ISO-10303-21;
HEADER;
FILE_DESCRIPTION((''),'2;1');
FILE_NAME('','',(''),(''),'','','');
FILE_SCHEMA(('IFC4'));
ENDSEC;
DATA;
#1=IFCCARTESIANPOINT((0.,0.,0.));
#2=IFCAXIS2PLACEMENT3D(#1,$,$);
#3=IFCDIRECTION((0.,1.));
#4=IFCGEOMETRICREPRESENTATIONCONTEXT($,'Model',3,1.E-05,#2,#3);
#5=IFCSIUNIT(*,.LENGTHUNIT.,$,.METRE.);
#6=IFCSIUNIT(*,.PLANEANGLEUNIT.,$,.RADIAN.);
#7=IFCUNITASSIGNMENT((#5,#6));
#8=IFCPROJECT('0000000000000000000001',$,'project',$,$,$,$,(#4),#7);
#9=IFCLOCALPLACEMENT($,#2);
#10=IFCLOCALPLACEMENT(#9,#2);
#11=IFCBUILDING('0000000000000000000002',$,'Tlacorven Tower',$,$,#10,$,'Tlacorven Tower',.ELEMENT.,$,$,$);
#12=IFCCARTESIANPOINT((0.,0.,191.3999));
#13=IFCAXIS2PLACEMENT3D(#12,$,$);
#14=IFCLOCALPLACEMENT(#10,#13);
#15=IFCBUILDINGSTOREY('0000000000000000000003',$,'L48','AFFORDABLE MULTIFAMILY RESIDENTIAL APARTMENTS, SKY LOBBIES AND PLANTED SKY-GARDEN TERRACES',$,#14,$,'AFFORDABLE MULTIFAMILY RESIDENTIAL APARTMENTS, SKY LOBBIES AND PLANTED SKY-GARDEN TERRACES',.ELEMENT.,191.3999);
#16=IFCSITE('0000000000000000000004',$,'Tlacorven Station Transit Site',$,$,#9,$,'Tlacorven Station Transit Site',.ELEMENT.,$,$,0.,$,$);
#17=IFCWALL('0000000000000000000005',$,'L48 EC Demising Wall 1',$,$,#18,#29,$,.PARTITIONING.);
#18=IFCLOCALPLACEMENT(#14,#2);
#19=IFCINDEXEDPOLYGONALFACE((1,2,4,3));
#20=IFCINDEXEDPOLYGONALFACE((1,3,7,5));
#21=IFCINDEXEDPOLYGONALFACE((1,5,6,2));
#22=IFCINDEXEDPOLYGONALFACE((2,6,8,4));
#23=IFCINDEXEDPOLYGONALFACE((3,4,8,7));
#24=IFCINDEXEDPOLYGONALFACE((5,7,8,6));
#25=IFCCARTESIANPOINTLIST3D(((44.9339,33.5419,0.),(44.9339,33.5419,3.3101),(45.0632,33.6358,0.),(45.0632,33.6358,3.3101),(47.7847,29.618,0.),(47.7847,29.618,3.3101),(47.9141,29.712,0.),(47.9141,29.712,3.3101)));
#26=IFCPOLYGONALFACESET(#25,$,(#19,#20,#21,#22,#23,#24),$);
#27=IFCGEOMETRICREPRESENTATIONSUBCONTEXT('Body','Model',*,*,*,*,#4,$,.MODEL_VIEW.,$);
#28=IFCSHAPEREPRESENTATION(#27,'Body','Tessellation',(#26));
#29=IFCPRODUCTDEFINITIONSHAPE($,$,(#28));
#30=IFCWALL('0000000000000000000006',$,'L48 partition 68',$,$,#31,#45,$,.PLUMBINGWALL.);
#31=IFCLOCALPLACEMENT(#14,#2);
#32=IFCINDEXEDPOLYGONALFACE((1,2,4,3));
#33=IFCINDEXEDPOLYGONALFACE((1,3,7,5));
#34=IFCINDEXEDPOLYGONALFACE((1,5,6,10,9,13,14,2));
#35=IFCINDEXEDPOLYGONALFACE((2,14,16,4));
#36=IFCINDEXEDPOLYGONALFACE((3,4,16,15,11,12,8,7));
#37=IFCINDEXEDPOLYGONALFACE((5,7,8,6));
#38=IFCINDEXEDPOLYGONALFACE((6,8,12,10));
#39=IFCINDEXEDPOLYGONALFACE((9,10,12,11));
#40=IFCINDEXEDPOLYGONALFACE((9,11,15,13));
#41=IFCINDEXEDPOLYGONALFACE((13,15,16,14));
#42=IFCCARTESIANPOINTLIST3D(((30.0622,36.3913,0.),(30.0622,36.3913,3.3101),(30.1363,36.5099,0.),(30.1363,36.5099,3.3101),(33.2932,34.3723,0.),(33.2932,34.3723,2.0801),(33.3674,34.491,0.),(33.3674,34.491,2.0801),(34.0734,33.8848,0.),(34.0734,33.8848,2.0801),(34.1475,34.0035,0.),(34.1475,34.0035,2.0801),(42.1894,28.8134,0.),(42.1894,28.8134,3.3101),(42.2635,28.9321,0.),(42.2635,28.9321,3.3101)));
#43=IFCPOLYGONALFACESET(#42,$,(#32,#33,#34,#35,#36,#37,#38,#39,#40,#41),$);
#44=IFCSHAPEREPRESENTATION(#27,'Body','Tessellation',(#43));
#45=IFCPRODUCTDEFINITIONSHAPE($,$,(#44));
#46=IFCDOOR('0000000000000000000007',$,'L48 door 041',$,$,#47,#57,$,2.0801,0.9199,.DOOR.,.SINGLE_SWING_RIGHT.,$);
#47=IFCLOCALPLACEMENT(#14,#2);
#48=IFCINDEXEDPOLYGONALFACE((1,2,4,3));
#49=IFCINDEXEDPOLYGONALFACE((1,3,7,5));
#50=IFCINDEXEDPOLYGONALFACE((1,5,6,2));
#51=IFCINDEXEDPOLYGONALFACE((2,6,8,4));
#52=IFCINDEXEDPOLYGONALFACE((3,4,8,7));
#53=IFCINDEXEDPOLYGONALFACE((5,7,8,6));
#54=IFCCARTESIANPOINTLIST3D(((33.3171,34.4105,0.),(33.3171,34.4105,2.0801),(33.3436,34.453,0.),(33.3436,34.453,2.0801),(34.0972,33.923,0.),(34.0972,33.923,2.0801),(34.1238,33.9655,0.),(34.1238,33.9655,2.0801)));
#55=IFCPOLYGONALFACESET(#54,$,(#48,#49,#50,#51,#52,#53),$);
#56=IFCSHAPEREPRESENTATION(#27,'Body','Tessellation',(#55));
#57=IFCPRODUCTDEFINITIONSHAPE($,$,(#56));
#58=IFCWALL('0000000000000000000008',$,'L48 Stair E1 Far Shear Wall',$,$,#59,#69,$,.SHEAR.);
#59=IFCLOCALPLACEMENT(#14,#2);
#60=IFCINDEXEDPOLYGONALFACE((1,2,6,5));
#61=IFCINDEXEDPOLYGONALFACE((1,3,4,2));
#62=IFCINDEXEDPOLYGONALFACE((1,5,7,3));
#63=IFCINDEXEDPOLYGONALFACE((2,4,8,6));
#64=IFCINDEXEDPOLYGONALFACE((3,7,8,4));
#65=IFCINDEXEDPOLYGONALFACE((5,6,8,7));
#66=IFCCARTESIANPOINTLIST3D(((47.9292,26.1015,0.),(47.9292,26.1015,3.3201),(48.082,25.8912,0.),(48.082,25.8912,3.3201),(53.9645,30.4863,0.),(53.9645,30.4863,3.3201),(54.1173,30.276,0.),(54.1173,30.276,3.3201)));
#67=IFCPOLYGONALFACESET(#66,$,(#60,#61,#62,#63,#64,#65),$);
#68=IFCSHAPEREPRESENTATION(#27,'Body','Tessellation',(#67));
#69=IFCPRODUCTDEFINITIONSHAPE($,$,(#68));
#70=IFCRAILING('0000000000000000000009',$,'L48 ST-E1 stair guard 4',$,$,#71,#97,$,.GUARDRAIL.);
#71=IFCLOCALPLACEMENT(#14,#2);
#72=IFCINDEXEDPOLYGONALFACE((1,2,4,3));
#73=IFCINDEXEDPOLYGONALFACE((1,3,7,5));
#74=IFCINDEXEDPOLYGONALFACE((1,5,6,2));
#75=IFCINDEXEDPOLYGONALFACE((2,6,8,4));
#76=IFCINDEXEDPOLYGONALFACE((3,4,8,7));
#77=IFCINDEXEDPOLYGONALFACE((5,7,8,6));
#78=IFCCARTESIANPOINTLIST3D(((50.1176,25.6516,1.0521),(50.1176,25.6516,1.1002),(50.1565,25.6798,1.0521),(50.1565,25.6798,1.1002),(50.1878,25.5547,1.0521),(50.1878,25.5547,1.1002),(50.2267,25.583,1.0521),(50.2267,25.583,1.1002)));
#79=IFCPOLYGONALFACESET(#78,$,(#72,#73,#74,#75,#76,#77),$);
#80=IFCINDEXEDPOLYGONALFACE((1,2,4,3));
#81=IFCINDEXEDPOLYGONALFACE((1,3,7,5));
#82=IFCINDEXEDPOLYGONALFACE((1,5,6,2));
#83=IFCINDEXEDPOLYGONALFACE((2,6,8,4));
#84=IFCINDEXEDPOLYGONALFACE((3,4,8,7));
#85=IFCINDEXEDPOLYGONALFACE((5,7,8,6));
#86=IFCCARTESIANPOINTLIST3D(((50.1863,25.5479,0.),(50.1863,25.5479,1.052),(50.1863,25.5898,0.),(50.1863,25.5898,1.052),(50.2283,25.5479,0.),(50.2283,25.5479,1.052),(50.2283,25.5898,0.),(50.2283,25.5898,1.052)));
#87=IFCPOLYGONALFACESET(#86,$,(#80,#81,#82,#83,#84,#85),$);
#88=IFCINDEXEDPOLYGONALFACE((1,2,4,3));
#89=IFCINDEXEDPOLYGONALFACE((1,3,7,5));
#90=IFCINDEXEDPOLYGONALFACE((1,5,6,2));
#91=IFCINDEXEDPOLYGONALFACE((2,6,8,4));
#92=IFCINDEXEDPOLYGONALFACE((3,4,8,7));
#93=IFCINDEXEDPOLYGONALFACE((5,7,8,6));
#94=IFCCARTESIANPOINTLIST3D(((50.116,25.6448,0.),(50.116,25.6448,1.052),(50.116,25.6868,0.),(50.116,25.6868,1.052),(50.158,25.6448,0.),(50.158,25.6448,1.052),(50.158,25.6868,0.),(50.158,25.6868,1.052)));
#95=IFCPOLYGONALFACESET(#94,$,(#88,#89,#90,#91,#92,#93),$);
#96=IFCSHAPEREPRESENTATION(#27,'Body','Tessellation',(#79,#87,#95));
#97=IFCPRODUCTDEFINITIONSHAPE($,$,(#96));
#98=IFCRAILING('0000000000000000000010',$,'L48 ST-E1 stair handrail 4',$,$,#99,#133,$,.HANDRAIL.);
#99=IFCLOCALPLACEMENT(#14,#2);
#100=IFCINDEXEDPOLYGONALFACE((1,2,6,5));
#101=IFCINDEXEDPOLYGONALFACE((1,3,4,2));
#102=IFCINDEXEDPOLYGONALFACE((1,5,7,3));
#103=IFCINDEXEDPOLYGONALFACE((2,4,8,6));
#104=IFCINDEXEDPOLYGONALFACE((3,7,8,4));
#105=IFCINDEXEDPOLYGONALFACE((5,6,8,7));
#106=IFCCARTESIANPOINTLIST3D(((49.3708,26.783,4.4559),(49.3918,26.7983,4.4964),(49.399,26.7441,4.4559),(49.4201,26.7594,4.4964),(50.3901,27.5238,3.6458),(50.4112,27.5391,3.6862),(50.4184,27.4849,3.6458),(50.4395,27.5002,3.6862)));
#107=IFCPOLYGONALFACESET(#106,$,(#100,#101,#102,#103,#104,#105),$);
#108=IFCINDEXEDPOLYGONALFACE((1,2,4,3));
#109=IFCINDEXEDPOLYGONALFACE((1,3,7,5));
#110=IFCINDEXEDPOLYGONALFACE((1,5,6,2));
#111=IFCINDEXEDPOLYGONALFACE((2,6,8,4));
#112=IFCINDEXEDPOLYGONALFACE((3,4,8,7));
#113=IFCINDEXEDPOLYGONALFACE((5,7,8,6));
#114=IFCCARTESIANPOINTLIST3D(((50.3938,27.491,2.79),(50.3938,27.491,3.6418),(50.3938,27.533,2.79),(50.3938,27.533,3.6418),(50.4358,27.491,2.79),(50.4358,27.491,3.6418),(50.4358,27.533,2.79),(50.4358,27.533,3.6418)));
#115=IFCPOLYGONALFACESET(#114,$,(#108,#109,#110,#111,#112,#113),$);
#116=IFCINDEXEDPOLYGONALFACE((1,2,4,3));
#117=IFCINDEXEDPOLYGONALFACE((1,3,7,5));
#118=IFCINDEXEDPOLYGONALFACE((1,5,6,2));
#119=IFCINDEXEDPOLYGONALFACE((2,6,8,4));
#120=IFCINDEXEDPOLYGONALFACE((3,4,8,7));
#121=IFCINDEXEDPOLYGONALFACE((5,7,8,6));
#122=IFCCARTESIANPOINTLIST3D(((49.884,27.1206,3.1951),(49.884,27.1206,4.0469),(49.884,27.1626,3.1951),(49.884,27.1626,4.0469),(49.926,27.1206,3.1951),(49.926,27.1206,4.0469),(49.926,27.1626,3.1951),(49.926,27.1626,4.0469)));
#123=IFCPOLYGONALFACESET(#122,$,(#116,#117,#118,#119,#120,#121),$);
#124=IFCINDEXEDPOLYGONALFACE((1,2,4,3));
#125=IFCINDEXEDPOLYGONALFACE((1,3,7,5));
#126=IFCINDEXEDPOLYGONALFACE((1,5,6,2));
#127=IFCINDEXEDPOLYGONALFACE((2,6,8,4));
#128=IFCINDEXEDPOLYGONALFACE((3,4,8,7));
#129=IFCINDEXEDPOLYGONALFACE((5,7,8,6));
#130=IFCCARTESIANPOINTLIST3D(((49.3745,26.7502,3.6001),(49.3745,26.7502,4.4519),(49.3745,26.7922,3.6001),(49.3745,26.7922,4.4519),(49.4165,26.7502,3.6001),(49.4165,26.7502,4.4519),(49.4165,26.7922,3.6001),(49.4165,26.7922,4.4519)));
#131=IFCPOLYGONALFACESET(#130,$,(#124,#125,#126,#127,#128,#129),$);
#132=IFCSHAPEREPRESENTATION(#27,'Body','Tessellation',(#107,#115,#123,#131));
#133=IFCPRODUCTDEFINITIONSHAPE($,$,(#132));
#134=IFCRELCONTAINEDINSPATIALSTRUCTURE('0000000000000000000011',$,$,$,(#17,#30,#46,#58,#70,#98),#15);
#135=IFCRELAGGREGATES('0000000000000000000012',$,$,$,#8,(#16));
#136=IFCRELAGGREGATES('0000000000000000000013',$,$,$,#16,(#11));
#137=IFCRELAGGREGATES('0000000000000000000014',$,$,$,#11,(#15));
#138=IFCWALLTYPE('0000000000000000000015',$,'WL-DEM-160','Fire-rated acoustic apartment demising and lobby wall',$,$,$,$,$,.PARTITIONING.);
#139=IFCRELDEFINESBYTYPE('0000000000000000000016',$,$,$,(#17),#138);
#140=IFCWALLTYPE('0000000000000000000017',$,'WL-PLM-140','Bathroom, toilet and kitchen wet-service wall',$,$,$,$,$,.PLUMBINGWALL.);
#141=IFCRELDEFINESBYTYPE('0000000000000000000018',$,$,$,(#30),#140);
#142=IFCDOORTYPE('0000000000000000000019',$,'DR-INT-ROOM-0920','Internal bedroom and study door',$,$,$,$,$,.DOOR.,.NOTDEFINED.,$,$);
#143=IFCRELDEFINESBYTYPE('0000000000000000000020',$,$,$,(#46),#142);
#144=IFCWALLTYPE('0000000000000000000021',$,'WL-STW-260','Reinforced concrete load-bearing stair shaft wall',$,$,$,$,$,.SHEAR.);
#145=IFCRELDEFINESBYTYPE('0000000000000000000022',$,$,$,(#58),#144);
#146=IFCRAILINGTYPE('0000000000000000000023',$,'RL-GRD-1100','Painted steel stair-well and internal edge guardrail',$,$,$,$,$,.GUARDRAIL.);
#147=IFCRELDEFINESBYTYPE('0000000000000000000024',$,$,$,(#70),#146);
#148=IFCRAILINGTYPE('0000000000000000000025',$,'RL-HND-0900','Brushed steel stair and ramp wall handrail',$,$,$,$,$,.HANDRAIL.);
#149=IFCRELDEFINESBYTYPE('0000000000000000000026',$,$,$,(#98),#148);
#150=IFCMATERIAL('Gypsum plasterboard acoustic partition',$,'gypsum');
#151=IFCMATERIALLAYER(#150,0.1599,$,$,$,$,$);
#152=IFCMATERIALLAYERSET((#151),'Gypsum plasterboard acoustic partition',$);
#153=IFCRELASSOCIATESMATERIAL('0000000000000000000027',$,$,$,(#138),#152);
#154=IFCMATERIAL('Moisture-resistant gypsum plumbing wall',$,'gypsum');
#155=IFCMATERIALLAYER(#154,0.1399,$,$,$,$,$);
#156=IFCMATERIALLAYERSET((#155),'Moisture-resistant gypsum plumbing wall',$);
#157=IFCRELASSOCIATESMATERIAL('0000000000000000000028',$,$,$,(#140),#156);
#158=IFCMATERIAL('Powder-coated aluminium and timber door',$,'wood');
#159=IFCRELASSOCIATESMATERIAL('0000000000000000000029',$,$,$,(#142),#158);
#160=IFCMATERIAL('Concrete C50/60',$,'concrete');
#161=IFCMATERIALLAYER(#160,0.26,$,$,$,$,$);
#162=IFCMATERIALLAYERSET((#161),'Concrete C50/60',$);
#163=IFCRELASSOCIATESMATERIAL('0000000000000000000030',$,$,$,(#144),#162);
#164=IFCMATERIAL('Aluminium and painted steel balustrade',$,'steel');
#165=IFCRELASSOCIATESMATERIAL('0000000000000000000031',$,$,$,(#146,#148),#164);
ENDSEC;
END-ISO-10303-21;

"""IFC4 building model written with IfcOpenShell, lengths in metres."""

from ifc_helpers import new_model, si_unit, direction, frame, frame_2d, origin, origin_2d, place, context, subcontext, project, spatial, rectangle, extrude, source, transform, mapped, material, layer, layer_set, type_object, element, fill, save


model = new_model("IFC4")

# Units and contexts
model_context = context("Model", 3, precision=1e-05, world=origin(), true_north=direction((0.0, 1.0)))
body_context = subcontext(model_context, "Body", "Model", "MODEL_VIEW")
ifc_project = project(units=[si_unit("LENGTHUNIT", "METRE"), si_unit("PLANEANGLEUNIT", "RADIAN")], contexts=[model_context])

# Site, building, storey
site_placement = place(None, origin())
site = spatial("IfcSite", under=ifc_project, at=site_placement, Name="Tlacorven Station Transit Site", LongName="Tlacorven Station Transit Site", CompositionType="ELEMENT", RefElevation=0.0)
building_placement = place(site_placement, origin())
building = spatial("IfcBuilding", under=site, at=building_placement, Name="Tlacorven Tower", LongName="Tlacorven Tower", CompositionType="ELEMENT")
storey_placement = place(building_placement, frame((0.0, 0.0, 191.3999)))
storey = spatial("IfcBuildingStorey", under=building, at=storey_placement, Name="L48", Description="AFFORDABLE MULTIFAMILY RESIDENTIAL APARTMENTS, SKY LOBBIES AND PLANTED SKY-GARDEN TERRACES", LongName="AFFORDABLE MULTIFAMILY RESIDENTIAL APARTMENTS, SKY LOBBIES AND PLANTED SKY-GARDEN TERRACES", CompositionType="ELEMENT", Elevation=191.3999)

# Shared definitions
ifc_material_1 = material(Name="Gypsum plasterboard acoustic partition", Category="gypsum")
ifc_layer_1 = layer(ifc_material_1, 0.1599)
ifc_layer_set_1 = layer_set([ifc_layer_1], Name="Gypsum plasterboard acoustic partition")
wall_type_1 = type_object("IfcWallType", Name="WL-DEM-160", Description="Fire-rated acoustic apartment demising and lobby wall", PredefinedType="PARTITIONING", material=ifc_layer_set_1)

# Wall
wall_1_placement = place(storey_placement, frame((47.8494, 29.665, 0.0), z_axis=(0.0, 0.0, 1.0), x_axis=(-0.587786, 0.809017, 0.0)))
element("IfcWall", 1, at=wall_1_placement, inside=storey, type_object=wall_type_1, Name="L48 EC Demising Wall 1", PredefinedType="PARTITIONING", context=body_context, shape_type="SweptSolid", body=[
    extrude(rectangle(XDim=4.8501, YDim=0.1599, at=frame_2d((2.425, 0.0))), origin(), (0.0, 0.0, 1.0), 3.3101),
])

# Wall, opening, door
ifc_material_2 = material(Name="Moisture-resistant gypsum plumbing wall", Category="gypsum")
ifc_layer_2 = layer(ifc_material_2, 0.1399)
ifc_layer_set_2 = layer_set([ifc_layer_2], Name="Moisture-resistant gypsum plumbing wall")
wall_type_2 = type_object("IfcWallType", Name="WL-PLM-140", Description="Bathroom, toilet and kitchen wet-service wall", PredefinedType="PLUMBINGWALL", material=ifc_layer_set_2)
wall_2_placement = place(storey_placement, frame((42.2263, 28.8728, 0.0), z_axis=(0.0, 0.0, 1.0), x_axis=(-0.848049, 0.529918, 0.0)))
wall_2 = element("IfcWall", 2, at=wall_2_placement, inside=storey, type_object=wall_type_2, Name="L48 partition 68", PredefinedType="PLUMBINGWALL", context=body_context, shape_type="SweptSolid", body=[
    extrude(rectangle(XDim=14.3, YDim=0.1399, at=frame_2d((7.1499, 0.0))), origin(), (0.0, 0.0, 1.0), 3.3101),
])
opening_1_placement = place(wall_2_placement, frame((9.5701, 0.0, 0.0)))
opening_1 = element("IfcOpeningElement", 3, at=opening_1_placement, cuts=wall_2, PredefinedType="OPENING", context=body_context, shape_type="SweptSolid", body=[
    extrude(rectangle(XDim=0.9199, YDim=2.0801, at=frame_2d((0.46, 1.04))), frame((0.0, 0.0801, 0.0), z_axis=(0.0, -1.0, 0.0), x_axis=(1.0, 0.0, 0.0)), (0.0, 0.0, 1.0), 0.1599),
])
ifc_material_3 = material(Name="Powder-coated aluminium and timber door", Category="wood")
door_type_1 = type_object("IfcDoorType", Name="DR-INT-ROOM-0920", Description="Internal bedroom and study door", OperationType="NOTDEFINED", PredefinedType="DOOR", material=ifc_material_3)
shared_shape_1 = source(origin(), body_context, "Body", "SweptSolid", [
    extrude(rectangle(XDim=0.9199, YDim=2.0801, at=frame_2d((0.46, 1.04))), frame((0.0, 0.0249, 0.0), z_axis=(0.0, -1.0, 0.0), x_axis=(1.0, 0.0, 0.0)), (0.0, 0.0, 1.0), 0.05),
])
door_1_placement = place(opening_1_placement, origin())
door_1 = element("IfcDoor", 4, at=door_1_placement, inside=storey, type_object=door_type_1, Name="L48 door 041", OperationType="SINGLE_SWING_RIGHT", OverallHeight=2.0801, OverallWidth=0.9199, PredefinedType="DOOR", context=body_context, shape_type="MappedRepresentation", body=[
    mapped(shared_shape_1, transform((0.0, 0.0, 0.0), scale=1.0)),
])
fill(opening_1, door_1)

# Wall
ifc_material_4 = material(Name="Concrete C50/60", Category="concrete")
ifc_layer_3 = layer(ifc_material_4, 0.26)
ifc_layer_set_3 = layer_set([ifc_layer_3], Name="Concrete C50/60")
wall_type_3 = type_object("IfcWallType", Name="WL-STW-260", Description="Reinforced concrete load-bearing stair shaft wall", PredefinedType="SHEAR", material=ifc_layer_set_3)
wall_3_placement = place(storey_placement, frame((48.0056, 25.9963, 0.0), z_axis=(0.0, 0.0, 1.0), x_axis=(0.809019, 0.587782, 0.0)))
element("IfcWall", 5, at=wall_3_placement, inside=storey, type_object=wall_type_3, Name="L48 Stair E1 Far Shear Wall", PredefinedType="SHEAR", context=body_context, shape_type="SweptSolid", body=[
    extrude(rectangle(XDim=7.46, YDim=0.26, at=frame_2d((3.73, 0.0))), origin(), (0.0, 0.0, 1.0), 3.3201),
])

# Railings
ifc_material_5 = material(Name="Aluminium and painted steel balustrade", Category="steel")
railing_type_1 = type_object("IfcRailingType", Name="RL-GRD-1100", Description="Painted steel stair-well and internal edge guardrail", PredefinedType="GUARDRAIL", material=ifc_material_5)
shared_shape_2 = source(origin(), body_context, "Body", "SweptSolid", [
    extrude(rectangle(XDim=0.0481, YDim=0.0481, at=origin_2d()), frame((0.0, 0.0, 1.0762), z_axis=(-0.587201, 0.809441, 0.0), x_axis=(-0.809441, -0.587201, 0.0)), (0.0, 0.0, 1.0), 0.1196),
    extrude(rectangle(XDim=0.042, YDim=0.042, at=origin_2d()), origin(), (0.0, 0.0, 1.0), 1.052),
    extrude(rectangle(XDim=0.042, YDim=0.042, at=origin_2d()), frame((-0.0703, 0.0969, 0.0)), (0.0, 0.0, 1.0), 1.052),
])
railing_1_placement = place(storey_placement, frame((50.2073, 25.5688, 0.0)))
element("IfcRailing", 6, at=railing_1_placement, inside=storey, type_object=railing_type_1, Name="L48 ST-E1 stair guard 4", PredefinedType="GUARDRAIL", context=body_context, shape_type="MappedRepresentation", body=[
    mapped(shared_shape_2, transform((0.0, 0.0, 0.0), scale=1.0)),
])
railing_type_2 = type_object("IfcRailingType", Name="RL-HND-0900", Description="Brushed steel stair and ramp wall handrail", PredefinedType="HANDRAIL", material=ifc_material_5)
shared_shape_3 = source(origin(), body_context, "Body", "SweptSolid", [
    extrude(rectangle(XDim=0.0481, YDim=0.0481, at=origin_2d()), frame((0.0, 0.0, 0.876), z_axis=(-0.680461, -0.494496, 0.540783), x_axis=(0.587872, -0.808954, 0.0)), (0.0, 0.0, 1.0), 1.498),
    extrude(rectangle(XDim=0.042, YDim=0.042, at=origin_2d()), origin(), (0.0, 0.0, 1.0), 0.8518),
    extrude(rectangle(XDim=0.042, YDim=0.042, at=origin_2d()), frame((-0.5098, -0.3704, 0.405)), (0.0, 0.0, 1.0), 0.8518),
    extrude(rectangle(XDim=0.042, YDim=0.042, at=origin_2d()), frame((-1.0193, -0.7407, 0.8101)), (0.0, 0.0, 1.0), 0.8518),
])
railing_2_placement = place(storey_placement, frame((50.4148, 27.512, 2.79)))
element("IfcRailing", 7, at=railing_2_placement, inside=storey, type_object=railing_type_2, Name="L48 ST-E1 stair handrail 4", PredefinedType="HANDRAIL", context=body_context, shape_type="MappedRepresentation", body=[
    mapped(shared_shape_3, transform((0.0, 0.0, 0.0), scale=1.0)),
])

save(model, "model.ifc")
